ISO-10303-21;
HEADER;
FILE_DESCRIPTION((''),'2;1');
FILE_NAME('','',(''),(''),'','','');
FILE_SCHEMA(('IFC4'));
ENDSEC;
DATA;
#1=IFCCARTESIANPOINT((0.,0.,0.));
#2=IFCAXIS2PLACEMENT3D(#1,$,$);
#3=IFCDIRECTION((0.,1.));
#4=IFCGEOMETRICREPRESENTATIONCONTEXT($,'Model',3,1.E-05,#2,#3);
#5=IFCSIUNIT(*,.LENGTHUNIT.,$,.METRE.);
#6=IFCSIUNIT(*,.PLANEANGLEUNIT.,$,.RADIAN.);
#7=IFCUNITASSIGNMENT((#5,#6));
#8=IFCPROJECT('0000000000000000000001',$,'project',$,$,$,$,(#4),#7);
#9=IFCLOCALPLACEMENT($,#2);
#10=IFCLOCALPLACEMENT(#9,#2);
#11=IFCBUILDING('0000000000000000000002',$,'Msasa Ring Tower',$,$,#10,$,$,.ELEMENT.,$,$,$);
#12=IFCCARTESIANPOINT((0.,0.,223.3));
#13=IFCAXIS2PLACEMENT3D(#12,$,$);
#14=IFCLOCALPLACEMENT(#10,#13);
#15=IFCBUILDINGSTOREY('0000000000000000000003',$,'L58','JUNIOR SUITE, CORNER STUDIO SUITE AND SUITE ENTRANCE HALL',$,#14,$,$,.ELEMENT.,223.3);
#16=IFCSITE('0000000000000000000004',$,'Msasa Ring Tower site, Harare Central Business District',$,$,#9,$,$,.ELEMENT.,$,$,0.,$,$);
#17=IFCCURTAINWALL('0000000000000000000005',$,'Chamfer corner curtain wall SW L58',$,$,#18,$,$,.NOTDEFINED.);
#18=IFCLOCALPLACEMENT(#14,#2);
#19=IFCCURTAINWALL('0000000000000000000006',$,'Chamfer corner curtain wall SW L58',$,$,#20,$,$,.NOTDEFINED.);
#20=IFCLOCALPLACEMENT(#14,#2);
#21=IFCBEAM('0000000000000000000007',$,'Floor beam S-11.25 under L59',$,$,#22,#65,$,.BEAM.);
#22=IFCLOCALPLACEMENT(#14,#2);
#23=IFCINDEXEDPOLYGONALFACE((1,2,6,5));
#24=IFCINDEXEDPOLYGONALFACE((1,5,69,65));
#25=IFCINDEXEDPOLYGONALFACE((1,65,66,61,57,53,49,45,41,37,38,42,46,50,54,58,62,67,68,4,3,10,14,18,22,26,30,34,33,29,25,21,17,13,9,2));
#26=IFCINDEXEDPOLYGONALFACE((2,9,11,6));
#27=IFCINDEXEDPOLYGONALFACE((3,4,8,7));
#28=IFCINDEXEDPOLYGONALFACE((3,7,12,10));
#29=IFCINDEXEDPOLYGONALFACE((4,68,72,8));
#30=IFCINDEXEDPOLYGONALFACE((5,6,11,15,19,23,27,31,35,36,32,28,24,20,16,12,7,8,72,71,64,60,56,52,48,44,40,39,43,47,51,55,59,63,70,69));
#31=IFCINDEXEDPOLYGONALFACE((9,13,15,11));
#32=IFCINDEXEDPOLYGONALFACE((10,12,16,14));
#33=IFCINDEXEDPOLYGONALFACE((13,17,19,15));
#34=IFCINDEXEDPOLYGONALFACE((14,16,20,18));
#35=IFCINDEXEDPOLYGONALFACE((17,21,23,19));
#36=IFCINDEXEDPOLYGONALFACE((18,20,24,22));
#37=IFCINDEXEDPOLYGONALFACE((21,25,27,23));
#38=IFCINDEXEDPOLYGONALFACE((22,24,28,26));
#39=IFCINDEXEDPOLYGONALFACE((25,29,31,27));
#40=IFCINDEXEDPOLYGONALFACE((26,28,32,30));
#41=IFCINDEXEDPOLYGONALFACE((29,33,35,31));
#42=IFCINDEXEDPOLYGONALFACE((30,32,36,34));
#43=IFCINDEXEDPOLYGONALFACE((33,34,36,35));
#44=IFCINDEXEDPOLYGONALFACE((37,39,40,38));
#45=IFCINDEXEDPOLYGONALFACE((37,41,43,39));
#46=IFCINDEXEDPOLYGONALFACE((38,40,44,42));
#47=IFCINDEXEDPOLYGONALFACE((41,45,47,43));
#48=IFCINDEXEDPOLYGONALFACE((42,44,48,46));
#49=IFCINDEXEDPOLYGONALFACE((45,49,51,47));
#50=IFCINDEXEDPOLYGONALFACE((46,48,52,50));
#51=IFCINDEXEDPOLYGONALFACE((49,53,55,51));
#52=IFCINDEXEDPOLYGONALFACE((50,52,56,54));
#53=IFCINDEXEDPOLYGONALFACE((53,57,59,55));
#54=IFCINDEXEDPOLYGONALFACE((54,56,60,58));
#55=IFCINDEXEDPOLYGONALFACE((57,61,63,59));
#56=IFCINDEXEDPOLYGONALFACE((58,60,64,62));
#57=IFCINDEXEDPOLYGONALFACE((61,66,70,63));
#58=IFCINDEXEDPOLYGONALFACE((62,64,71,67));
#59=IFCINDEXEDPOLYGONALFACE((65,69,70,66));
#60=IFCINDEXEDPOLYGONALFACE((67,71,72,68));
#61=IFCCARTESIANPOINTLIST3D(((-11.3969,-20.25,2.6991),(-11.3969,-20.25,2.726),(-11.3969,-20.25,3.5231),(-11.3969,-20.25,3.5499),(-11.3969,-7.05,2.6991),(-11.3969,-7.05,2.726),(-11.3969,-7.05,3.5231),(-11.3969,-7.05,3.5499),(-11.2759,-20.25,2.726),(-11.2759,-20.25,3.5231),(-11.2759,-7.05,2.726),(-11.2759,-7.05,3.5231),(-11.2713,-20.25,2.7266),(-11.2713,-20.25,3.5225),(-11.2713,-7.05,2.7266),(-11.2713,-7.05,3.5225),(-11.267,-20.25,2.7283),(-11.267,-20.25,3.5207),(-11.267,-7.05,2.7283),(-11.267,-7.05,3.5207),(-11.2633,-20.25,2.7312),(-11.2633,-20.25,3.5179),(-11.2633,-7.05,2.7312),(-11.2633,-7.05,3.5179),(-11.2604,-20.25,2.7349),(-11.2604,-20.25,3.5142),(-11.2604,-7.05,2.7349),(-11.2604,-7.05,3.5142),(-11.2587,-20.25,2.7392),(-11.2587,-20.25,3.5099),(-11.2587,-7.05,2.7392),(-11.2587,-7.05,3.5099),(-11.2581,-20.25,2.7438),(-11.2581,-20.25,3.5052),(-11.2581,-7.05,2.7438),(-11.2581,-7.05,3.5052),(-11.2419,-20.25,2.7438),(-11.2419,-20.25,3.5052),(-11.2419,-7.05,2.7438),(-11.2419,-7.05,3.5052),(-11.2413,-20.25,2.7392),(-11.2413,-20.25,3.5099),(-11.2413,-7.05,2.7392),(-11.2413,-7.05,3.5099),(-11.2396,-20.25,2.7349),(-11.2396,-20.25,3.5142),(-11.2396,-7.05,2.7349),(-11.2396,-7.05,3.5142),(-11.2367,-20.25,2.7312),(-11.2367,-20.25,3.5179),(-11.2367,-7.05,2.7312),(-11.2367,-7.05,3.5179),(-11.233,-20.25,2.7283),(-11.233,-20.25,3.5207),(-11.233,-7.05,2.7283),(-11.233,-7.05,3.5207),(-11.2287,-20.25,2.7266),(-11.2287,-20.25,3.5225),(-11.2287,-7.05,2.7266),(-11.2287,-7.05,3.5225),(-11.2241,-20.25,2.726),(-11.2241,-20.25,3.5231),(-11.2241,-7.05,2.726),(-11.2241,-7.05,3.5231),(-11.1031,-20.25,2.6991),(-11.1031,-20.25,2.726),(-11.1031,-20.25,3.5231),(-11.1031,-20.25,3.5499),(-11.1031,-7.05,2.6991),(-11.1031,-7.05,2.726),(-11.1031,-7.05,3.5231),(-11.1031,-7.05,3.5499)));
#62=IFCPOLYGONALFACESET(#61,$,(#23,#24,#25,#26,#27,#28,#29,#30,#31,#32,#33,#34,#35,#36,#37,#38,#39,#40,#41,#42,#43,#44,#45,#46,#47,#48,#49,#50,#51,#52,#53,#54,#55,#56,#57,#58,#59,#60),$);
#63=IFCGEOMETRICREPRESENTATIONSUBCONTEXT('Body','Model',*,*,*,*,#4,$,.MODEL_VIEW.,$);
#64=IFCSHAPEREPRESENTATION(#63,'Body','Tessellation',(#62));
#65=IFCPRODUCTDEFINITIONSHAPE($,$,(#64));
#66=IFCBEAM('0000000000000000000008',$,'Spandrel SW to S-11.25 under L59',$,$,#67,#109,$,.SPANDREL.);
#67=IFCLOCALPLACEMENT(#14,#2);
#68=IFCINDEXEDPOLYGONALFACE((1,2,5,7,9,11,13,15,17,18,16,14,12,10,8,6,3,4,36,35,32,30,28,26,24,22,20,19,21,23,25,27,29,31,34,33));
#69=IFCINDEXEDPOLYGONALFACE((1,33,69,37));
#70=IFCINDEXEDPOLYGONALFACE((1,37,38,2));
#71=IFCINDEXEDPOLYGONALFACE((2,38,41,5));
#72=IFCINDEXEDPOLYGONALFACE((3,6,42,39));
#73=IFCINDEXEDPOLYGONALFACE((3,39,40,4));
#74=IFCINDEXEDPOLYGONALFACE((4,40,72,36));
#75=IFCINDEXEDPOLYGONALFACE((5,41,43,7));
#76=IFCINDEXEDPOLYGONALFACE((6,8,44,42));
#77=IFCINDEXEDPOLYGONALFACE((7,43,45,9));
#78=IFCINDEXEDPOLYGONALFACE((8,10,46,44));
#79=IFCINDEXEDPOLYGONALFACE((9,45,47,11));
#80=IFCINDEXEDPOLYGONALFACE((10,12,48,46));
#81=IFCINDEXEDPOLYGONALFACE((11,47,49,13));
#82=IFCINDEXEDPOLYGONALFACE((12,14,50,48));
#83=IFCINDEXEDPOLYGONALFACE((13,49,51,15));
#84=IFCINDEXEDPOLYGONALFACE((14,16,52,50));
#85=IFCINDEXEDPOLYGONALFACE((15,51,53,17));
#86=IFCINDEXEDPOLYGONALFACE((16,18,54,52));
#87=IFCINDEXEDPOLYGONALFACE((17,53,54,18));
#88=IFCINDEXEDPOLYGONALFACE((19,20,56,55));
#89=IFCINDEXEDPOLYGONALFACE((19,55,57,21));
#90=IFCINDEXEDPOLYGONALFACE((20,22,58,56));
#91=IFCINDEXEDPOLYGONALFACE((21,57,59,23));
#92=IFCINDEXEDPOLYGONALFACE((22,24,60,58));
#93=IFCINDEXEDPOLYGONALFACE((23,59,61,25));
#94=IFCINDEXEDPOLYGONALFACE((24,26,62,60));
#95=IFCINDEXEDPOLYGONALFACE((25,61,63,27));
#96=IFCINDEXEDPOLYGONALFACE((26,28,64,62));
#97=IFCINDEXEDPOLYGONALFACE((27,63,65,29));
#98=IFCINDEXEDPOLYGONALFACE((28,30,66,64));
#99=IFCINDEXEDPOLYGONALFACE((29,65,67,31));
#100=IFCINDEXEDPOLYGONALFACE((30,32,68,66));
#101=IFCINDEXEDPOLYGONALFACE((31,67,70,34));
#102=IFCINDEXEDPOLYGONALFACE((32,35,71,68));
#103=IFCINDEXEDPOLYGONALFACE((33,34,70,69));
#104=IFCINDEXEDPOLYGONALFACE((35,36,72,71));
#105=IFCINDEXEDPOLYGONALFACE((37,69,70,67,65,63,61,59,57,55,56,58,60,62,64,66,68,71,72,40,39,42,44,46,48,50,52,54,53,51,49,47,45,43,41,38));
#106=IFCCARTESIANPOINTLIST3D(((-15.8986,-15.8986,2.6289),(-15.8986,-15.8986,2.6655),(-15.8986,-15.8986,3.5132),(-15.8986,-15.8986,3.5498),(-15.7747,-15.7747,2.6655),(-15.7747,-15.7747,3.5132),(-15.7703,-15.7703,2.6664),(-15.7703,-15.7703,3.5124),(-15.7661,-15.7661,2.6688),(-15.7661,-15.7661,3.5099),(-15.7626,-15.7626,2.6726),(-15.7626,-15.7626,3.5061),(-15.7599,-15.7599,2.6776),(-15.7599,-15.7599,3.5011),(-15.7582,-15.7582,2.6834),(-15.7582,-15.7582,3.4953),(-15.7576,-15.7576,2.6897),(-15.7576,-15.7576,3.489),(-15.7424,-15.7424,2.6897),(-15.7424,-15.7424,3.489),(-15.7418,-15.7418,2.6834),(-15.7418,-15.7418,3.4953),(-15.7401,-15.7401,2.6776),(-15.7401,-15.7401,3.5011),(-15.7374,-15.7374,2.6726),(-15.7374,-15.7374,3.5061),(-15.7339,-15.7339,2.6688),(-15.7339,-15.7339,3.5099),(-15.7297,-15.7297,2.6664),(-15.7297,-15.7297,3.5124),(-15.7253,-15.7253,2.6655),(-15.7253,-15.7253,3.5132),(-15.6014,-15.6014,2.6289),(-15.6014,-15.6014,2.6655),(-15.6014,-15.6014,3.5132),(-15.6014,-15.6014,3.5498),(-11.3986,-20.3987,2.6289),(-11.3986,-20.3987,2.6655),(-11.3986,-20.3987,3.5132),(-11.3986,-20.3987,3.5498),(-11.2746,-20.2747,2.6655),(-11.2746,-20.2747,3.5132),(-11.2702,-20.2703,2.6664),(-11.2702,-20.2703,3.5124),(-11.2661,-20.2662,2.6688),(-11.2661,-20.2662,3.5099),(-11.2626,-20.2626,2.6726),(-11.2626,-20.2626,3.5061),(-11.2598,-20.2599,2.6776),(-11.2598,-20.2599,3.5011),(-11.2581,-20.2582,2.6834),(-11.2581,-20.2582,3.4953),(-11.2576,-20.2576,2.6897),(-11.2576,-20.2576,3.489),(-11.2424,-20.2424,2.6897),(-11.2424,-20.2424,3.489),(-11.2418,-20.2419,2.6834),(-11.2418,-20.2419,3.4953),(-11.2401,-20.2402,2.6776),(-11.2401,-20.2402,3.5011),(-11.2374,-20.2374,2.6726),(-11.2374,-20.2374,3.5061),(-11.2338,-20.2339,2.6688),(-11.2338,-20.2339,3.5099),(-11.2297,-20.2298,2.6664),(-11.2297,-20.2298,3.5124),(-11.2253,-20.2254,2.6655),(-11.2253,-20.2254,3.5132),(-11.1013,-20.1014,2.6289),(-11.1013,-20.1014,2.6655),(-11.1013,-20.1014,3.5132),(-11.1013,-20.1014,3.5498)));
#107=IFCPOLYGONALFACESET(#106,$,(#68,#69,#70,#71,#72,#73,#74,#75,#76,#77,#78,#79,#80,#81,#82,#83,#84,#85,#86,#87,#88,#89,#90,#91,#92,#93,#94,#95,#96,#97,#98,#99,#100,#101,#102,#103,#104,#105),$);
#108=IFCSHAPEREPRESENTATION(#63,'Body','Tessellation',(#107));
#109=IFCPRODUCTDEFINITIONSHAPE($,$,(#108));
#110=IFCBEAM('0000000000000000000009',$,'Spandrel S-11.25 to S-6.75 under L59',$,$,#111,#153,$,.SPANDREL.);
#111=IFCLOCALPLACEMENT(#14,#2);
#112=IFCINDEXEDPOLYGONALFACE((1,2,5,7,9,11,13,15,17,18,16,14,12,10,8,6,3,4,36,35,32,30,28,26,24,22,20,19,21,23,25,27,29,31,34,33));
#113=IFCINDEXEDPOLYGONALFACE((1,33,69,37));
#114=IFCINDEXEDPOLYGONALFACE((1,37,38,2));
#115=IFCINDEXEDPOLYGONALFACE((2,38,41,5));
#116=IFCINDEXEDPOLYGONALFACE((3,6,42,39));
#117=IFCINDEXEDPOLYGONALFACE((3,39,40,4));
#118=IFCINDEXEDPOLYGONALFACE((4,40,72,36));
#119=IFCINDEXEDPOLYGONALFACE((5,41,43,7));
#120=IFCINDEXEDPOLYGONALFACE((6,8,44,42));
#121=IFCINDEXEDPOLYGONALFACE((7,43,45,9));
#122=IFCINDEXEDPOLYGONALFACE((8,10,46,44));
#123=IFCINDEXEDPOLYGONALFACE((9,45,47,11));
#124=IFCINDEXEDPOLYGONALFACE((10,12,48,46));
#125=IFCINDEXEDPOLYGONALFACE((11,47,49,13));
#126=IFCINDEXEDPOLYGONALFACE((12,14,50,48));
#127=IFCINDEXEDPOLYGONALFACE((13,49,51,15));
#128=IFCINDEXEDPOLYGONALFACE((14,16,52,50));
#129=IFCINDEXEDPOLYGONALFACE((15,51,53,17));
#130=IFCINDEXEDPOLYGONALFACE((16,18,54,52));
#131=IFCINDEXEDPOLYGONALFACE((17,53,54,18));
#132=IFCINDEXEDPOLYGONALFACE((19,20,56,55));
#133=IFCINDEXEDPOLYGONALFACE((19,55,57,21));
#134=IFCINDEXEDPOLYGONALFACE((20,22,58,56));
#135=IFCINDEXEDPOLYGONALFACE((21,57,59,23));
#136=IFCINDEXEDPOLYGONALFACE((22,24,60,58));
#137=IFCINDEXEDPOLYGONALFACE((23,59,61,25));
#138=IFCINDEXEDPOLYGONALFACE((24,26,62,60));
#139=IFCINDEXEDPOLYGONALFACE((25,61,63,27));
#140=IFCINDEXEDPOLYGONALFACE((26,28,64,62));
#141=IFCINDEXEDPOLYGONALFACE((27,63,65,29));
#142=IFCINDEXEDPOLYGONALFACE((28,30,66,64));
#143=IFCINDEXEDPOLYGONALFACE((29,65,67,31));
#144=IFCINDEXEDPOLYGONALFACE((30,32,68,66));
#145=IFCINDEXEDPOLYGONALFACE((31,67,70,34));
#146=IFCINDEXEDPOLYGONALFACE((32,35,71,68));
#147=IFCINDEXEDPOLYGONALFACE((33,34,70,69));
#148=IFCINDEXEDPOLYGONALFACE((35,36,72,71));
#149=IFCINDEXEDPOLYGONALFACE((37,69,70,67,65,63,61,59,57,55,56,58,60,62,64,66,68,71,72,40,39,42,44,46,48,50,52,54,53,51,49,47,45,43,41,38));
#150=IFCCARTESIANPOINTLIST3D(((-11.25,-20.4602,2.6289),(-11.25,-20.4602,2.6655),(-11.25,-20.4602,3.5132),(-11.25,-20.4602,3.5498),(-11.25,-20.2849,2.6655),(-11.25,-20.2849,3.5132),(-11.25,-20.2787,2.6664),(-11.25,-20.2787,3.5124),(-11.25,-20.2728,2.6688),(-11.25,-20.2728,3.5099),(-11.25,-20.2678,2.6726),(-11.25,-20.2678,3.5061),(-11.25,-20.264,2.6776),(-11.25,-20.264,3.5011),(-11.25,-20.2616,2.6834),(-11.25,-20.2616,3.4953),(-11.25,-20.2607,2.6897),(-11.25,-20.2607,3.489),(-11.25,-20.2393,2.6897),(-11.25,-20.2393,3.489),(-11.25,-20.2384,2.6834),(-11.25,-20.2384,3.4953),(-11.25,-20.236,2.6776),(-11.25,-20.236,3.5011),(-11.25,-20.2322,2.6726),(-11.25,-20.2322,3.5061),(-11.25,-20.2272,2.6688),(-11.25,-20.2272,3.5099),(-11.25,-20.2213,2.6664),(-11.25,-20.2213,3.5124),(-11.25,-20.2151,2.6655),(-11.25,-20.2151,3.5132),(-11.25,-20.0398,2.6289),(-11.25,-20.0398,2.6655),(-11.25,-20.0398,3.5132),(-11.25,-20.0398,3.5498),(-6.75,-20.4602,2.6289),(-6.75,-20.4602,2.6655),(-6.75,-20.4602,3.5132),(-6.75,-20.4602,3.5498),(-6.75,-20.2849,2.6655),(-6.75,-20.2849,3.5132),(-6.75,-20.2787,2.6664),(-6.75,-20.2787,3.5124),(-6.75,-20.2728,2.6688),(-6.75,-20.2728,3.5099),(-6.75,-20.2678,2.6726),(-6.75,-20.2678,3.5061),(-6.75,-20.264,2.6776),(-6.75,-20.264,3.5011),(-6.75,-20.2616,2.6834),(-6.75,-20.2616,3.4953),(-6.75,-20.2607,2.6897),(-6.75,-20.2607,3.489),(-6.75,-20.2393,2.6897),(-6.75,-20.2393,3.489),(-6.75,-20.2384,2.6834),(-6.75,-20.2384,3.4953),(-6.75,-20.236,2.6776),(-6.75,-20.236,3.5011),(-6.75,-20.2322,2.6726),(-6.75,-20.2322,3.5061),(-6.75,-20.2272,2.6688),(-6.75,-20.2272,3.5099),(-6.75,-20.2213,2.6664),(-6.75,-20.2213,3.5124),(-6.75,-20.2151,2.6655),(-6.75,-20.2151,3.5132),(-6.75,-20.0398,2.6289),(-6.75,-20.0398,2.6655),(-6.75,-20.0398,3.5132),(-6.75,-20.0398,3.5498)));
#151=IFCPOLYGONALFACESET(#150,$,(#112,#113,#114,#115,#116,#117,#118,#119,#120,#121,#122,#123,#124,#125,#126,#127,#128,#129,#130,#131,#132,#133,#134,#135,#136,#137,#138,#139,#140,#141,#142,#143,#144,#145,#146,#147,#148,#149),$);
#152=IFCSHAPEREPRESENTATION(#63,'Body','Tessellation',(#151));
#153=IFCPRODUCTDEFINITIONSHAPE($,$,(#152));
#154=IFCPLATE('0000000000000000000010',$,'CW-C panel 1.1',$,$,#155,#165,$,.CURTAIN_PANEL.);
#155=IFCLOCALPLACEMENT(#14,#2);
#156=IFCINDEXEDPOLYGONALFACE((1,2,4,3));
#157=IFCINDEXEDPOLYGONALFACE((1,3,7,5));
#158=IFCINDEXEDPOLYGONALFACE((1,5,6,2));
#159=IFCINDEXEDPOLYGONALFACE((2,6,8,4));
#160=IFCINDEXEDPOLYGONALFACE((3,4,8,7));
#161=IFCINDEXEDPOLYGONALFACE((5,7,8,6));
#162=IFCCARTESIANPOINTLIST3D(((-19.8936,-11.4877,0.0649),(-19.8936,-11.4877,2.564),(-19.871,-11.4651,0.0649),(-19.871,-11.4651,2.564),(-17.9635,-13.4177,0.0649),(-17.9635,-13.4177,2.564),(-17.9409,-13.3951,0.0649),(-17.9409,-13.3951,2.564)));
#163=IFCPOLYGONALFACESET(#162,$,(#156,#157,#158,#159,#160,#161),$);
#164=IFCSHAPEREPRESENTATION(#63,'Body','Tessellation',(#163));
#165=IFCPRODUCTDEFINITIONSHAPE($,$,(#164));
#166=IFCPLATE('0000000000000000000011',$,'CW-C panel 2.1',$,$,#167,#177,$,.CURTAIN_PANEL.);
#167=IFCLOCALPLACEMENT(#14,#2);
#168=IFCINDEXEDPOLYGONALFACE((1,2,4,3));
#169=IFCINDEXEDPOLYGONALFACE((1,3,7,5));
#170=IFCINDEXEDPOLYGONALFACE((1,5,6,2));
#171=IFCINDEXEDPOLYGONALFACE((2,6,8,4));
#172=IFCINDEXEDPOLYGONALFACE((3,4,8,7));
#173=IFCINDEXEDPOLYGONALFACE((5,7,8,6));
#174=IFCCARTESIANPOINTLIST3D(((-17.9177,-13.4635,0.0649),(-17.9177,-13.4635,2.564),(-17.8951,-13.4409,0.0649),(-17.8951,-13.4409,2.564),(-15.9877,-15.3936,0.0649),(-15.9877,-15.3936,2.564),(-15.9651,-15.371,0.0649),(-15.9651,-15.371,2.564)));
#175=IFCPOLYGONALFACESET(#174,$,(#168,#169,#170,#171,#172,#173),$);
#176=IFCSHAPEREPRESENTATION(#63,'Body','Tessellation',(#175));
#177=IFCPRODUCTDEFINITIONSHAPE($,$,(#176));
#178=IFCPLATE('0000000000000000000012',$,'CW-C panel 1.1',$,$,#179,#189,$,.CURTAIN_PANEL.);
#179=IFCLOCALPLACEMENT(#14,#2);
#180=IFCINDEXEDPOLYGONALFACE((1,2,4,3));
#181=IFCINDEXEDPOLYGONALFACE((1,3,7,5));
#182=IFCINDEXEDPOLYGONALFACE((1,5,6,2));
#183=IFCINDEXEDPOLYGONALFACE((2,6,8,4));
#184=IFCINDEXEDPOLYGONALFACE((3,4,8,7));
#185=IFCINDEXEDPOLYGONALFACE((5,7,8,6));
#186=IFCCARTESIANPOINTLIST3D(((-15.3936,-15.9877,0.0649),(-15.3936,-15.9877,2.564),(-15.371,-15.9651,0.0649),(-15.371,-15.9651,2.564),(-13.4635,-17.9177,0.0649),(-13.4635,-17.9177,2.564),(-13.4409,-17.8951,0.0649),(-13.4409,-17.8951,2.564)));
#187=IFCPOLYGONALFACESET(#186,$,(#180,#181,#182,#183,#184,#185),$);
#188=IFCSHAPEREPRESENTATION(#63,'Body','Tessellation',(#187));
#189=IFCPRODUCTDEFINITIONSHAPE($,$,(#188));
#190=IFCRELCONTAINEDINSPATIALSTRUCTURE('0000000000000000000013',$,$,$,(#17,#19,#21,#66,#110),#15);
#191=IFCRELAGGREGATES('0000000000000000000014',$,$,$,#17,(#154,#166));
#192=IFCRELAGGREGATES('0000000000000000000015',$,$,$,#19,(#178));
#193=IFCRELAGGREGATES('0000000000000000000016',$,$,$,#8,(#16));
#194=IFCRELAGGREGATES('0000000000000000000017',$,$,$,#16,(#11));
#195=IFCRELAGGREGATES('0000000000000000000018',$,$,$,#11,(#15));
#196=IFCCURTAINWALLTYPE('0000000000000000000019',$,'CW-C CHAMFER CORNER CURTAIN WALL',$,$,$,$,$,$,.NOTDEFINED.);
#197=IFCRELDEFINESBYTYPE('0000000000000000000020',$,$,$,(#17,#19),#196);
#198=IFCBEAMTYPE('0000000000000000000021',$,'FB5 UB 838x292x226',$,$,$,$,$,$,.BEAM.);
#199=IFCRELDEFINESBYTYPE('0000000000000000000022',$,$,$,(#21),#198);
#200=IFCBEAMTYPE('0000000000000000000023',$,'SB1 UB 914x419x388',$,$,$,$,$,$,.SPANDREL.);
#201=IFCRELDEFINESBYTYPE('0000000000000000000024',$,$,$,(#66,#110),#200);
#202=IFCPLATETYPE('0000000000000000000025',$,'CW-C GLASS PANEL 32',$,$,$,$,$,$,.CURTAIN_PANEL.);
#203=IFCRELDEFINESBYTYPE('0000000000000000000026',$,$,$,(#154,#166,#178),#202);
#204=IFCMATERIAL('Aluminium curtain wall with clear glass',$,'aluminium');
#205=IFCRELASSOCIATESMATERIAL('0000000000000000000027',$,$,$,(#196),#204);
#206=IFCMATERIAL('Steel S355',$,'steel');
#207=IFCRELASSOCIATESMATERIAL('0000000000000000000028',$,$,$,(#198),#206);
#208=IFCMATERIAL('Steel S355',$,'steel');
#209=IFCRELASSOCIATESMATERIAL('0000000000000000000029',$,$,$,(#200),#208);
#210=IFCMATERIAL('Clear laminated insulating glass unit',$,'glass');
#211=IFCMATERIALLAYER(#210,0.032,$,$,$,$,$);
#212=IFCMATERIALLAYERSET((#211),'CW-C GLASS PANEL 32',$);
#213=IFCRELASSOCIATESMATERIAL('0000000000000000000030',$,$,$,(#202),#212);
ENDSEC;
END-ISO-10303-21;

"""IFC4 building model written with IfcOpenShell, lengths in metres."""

from ifc_helpers import new_model, si_unit, direction, frame, origin, origin_2d, place, context, subcontext, project, spatial, rectangle, i_section, extrude, material, layer, layer_set, material_profile, profile_set, type_object, element, aggregate, save


model = new_model("IFC4")

# Units and contexts
model_context = context("Model", 3, precision=1e-05, world=origin(), true_north=direction((0.0, 1.0)))
body_context = subcontext(model_context, "Body", "Model", "MODEL_VIEW")
ifc_project = project(units=[si_unit("LENGTHUNIT", "METRE"), si_unit("PLANEANGLEUNIT", "RADIAN")], contexts=[model_context])

# Site, building, storey
site_placement = place(None, origin())
site = spatial("IfcSite", under=ifc_project, at=site_placement, Name="Msasa Ring Tower site, Harare Central Business District", CompositionType="ELEMENT", RefElevation=0.0)
building_placement = place(site_placement, origin())
building = spatial("IfcBuilding", under=site, at=building_placement, Name="Msasa Ring Tower", CompositionType="ELEMENT")
storey_placement = place(building_placement, frame((0.0, 0.0, 223.3)))
storey = spatial("IfcBuildingStorey", under=building, at=storey_placement, Name="L58", Description="JUNIOR SUITE, CORNER STUDIO SUITE AND SUITE ENTRANCE HALL", CompositionType="ELEMENT", Elevation=223.3)

# Curtain walls
ifc_material_1 = material(Name="Aluminium curtain wall with clear glass", Category="aluminium")
curtain_wall_type = type_object("IfcCurtainWallType", Name="CW-C CHAMFER CORNER CURTAIN WALL", PredefinedType="NOTDEFINED", material=ifc_material_1)
curtain_wall_1_placement = place(storey_placement, origin())
curtain_wall_1 = element("IfcCurtainWall", 1, at=curtain_wall_1_placement, inside=storey, type_object=curtain_wall_type, Name="Chamfer corner curtain wall SW L58", PredefinedType="NOTDEFINED")
curtain_wall_2_placement = place(storey_placement, origin())
curtain_wall_2 = element("IfcCurtainWall", 2, at=curtain_wall_2_placement, inside=storey, type_object=curtain_wall_type, Name="Chamfer corner curtain wall SW L58", PredefinedType="NOTDEFINED")

# Beams
ifc_material_2 = material(Name="Steel S355", Category="steel")
ifc_material_profile_1 = material_profile(ifc_material_2, i_section(OverallWidth=0.2937, OverallDepth=0.8508, WebThickness=0.0161, FlangeThickness=0.0269, FilletRadius=0.0178, at=origin_2d()), Name="UB 838x292x226")
ifc_profile_set_1 = profile_set([ifc_material_profile_1], Name="Steel S355")
beam_type_1 = type_object("IfcBeamType", Name="FB5 UB 838x292x226", PredefinedType="BEAM", material=ifc_profile_set_1)
beam_1_placement = place(storey_placement, frame((-11.25, -20.25, 3.1245), z_axis=(0.0, 1.0, 0.0), x_axis=(-1.0, 0.0, 0.0)))
element("IfcBeam", 3, at=beam_1_placement, inside=storey, type_object=beam_type_1, Name="Floor beam S-11.25 under L59", PredefinedType="BEAM", context=body_context, shape_type="SweptSolid", body=[
    extrude(i_section(OverallWidth=0.2937, OverallDepth=0.8508, WebThickness=0.0161, FlangeThickness=0.0269, FilletRadius=0.0178, at=origin_2d()), origin(), (0.0, 0.0, 1.0), 13.2),
])
ifc_material_3 = material(Name="Steel S355", Category="steel")
ifc_material_profile_2 = material_profile(ifc_material_3, i_section(OverallWidth=0.4204, OverallDepth=0.9209, WebThickness=0.0215, FlangeThickness=0.0366, FilletRadius=0.0242, at=origin_2d()), Name="UB 914x419x388")
ifc_profile_set_2 = profile_set([ifc_material_profile_2], Name="Steel S355")
beam_type_2 = type_object("IfcBeamType", Name="SB1 UB 914x419x388", PredefinedType="SPANDREL", material=ifc_profile_set_2)
beam_2_placement = place(storey_placement, frame((-15.75, -15.75, 3.0894), z_axis=(0.707107, -0.707107, 0.0), x_axis=(0.707107, 0.707107, 0.0)))
element("IfcBeam", 4, at=beam_2_placement, inside=storey, type_object=beam_type_2, Name="Spandrel SW to S-11.25 under L59", PredefinedType="SPANDREL", context=body_context, shape_type="SweptSolid", body=[
    extrude(i_section(OverallWidth=0.4204, OverallDepth=0.9209, WebThickness=0.0215, FlangeThickness=0.0366, FilletRadius=0.0242, at=origin_2d()), origin(), (0.0, 0.0, 1.0), 6.364),
])
beam_3_placement = place(storey_placement, frame((-11.25, -20.25, 3.0894), z_axis=(1.0, 0.0, 0.0), x_axis=(0.0, 1.0, 0.0)))
element("IfcBeam", 5, at=beam_3_placement, inside=storey, type_object=beam_type_2, Name="Spandrel S-11.25 to S-6.75 under L59", PredefinedType="SPANDREL", context=body_context, shape_type="SweptSolid", body=[
    extrude(i_section(OverallWidth=0.4204, OverallDepth=0.9209, WebThickness=0.0215, FlangeThickness=0.0366, FilletRadius=0.0242, at=origin_2d()), origin(), (0.0, 0.0, 1.0), 4.5),
])

# Plates
ifc_material_4 = material(Name="Clear laminated insulating glass unit", Category="glass")
ifc_layer_1 = layer(ifc_material_4, 0.032)
ifc_layer_set_1 = layer_set([ifc_layer_1], Name="CW-C GLASS PANEL 32")
plate_type = type_object("IfcPlateType", Name="CW-C GLASS PANEL 32", PredefinedType="CURTAIN_PANEL", material=ifc_layer_set_1)
plate_1_placement = place(storey_placement, frame((-18.9172, -12.4414, 0.0649), z_axis=(0.0, 0.0, 1.0), x_axis=(0.707107, -0.707107, 0.0)))
plate_1 = element("IfcPlate", 6, at=plate_1_placement, type_object=plate_type, Name="CW-C panel 1.1", PredefinedType="CURTAIN_PANEL", context=body_context, shape_type="SweptSolid", body=[
    extrude(rectangle(XDim=2.7295, YDim=0.032, at=origin_2d()), origin(), (0.0, 0.0, 1.0), 2.499),
])
plate_2_placement = place(storey_placement, frame((-16.9414, -14.4172, 0.0649), z_axis=(0.0, 0.0, 1.0), x_axis=(0.707107, -0.707107, 0.0)))
plate_2 = element("IfcPlate", 7, at=plate_2_placement, type_object=plate_type, Name="CW-C panel 2.1", PredefinedType="CURTAIN_PANEL", context=body_context, shape_type="SweptSolid", body=[
    extrude(rectangle(XDim=2.7295, YDim=0.032, at=origin_2d()), origin(), (0.0, 0.0, 1.0), 2.499),
])
aggregate(curtain_wall_1, [plate_1, plate_2])
plate_3_placement = place(storey_placement, frame((-14.4172, -16.9414, 0.0649), z_axis=(0.0, 0.0, 1.0), x_axis=(0.707107, -0.707107, 0.0)))
plate_3 = element("IfcPlate", 8, at=plate_3_placement, type_object=plate_type, Name="CW-C panel 1.1", PredefinedType="CURTAIN_PANEL", context=body_context, shape_type="SweptSolid", body=[
    extrude(rectangle(XDim=2.7295, YDim=0.032, at=origin_2d()), origin(), (0.0, 0.0, 1.0), 2.499),
])
aggregate(curtain_wall_2, [plate_3])

save(model, "model.ifc")
